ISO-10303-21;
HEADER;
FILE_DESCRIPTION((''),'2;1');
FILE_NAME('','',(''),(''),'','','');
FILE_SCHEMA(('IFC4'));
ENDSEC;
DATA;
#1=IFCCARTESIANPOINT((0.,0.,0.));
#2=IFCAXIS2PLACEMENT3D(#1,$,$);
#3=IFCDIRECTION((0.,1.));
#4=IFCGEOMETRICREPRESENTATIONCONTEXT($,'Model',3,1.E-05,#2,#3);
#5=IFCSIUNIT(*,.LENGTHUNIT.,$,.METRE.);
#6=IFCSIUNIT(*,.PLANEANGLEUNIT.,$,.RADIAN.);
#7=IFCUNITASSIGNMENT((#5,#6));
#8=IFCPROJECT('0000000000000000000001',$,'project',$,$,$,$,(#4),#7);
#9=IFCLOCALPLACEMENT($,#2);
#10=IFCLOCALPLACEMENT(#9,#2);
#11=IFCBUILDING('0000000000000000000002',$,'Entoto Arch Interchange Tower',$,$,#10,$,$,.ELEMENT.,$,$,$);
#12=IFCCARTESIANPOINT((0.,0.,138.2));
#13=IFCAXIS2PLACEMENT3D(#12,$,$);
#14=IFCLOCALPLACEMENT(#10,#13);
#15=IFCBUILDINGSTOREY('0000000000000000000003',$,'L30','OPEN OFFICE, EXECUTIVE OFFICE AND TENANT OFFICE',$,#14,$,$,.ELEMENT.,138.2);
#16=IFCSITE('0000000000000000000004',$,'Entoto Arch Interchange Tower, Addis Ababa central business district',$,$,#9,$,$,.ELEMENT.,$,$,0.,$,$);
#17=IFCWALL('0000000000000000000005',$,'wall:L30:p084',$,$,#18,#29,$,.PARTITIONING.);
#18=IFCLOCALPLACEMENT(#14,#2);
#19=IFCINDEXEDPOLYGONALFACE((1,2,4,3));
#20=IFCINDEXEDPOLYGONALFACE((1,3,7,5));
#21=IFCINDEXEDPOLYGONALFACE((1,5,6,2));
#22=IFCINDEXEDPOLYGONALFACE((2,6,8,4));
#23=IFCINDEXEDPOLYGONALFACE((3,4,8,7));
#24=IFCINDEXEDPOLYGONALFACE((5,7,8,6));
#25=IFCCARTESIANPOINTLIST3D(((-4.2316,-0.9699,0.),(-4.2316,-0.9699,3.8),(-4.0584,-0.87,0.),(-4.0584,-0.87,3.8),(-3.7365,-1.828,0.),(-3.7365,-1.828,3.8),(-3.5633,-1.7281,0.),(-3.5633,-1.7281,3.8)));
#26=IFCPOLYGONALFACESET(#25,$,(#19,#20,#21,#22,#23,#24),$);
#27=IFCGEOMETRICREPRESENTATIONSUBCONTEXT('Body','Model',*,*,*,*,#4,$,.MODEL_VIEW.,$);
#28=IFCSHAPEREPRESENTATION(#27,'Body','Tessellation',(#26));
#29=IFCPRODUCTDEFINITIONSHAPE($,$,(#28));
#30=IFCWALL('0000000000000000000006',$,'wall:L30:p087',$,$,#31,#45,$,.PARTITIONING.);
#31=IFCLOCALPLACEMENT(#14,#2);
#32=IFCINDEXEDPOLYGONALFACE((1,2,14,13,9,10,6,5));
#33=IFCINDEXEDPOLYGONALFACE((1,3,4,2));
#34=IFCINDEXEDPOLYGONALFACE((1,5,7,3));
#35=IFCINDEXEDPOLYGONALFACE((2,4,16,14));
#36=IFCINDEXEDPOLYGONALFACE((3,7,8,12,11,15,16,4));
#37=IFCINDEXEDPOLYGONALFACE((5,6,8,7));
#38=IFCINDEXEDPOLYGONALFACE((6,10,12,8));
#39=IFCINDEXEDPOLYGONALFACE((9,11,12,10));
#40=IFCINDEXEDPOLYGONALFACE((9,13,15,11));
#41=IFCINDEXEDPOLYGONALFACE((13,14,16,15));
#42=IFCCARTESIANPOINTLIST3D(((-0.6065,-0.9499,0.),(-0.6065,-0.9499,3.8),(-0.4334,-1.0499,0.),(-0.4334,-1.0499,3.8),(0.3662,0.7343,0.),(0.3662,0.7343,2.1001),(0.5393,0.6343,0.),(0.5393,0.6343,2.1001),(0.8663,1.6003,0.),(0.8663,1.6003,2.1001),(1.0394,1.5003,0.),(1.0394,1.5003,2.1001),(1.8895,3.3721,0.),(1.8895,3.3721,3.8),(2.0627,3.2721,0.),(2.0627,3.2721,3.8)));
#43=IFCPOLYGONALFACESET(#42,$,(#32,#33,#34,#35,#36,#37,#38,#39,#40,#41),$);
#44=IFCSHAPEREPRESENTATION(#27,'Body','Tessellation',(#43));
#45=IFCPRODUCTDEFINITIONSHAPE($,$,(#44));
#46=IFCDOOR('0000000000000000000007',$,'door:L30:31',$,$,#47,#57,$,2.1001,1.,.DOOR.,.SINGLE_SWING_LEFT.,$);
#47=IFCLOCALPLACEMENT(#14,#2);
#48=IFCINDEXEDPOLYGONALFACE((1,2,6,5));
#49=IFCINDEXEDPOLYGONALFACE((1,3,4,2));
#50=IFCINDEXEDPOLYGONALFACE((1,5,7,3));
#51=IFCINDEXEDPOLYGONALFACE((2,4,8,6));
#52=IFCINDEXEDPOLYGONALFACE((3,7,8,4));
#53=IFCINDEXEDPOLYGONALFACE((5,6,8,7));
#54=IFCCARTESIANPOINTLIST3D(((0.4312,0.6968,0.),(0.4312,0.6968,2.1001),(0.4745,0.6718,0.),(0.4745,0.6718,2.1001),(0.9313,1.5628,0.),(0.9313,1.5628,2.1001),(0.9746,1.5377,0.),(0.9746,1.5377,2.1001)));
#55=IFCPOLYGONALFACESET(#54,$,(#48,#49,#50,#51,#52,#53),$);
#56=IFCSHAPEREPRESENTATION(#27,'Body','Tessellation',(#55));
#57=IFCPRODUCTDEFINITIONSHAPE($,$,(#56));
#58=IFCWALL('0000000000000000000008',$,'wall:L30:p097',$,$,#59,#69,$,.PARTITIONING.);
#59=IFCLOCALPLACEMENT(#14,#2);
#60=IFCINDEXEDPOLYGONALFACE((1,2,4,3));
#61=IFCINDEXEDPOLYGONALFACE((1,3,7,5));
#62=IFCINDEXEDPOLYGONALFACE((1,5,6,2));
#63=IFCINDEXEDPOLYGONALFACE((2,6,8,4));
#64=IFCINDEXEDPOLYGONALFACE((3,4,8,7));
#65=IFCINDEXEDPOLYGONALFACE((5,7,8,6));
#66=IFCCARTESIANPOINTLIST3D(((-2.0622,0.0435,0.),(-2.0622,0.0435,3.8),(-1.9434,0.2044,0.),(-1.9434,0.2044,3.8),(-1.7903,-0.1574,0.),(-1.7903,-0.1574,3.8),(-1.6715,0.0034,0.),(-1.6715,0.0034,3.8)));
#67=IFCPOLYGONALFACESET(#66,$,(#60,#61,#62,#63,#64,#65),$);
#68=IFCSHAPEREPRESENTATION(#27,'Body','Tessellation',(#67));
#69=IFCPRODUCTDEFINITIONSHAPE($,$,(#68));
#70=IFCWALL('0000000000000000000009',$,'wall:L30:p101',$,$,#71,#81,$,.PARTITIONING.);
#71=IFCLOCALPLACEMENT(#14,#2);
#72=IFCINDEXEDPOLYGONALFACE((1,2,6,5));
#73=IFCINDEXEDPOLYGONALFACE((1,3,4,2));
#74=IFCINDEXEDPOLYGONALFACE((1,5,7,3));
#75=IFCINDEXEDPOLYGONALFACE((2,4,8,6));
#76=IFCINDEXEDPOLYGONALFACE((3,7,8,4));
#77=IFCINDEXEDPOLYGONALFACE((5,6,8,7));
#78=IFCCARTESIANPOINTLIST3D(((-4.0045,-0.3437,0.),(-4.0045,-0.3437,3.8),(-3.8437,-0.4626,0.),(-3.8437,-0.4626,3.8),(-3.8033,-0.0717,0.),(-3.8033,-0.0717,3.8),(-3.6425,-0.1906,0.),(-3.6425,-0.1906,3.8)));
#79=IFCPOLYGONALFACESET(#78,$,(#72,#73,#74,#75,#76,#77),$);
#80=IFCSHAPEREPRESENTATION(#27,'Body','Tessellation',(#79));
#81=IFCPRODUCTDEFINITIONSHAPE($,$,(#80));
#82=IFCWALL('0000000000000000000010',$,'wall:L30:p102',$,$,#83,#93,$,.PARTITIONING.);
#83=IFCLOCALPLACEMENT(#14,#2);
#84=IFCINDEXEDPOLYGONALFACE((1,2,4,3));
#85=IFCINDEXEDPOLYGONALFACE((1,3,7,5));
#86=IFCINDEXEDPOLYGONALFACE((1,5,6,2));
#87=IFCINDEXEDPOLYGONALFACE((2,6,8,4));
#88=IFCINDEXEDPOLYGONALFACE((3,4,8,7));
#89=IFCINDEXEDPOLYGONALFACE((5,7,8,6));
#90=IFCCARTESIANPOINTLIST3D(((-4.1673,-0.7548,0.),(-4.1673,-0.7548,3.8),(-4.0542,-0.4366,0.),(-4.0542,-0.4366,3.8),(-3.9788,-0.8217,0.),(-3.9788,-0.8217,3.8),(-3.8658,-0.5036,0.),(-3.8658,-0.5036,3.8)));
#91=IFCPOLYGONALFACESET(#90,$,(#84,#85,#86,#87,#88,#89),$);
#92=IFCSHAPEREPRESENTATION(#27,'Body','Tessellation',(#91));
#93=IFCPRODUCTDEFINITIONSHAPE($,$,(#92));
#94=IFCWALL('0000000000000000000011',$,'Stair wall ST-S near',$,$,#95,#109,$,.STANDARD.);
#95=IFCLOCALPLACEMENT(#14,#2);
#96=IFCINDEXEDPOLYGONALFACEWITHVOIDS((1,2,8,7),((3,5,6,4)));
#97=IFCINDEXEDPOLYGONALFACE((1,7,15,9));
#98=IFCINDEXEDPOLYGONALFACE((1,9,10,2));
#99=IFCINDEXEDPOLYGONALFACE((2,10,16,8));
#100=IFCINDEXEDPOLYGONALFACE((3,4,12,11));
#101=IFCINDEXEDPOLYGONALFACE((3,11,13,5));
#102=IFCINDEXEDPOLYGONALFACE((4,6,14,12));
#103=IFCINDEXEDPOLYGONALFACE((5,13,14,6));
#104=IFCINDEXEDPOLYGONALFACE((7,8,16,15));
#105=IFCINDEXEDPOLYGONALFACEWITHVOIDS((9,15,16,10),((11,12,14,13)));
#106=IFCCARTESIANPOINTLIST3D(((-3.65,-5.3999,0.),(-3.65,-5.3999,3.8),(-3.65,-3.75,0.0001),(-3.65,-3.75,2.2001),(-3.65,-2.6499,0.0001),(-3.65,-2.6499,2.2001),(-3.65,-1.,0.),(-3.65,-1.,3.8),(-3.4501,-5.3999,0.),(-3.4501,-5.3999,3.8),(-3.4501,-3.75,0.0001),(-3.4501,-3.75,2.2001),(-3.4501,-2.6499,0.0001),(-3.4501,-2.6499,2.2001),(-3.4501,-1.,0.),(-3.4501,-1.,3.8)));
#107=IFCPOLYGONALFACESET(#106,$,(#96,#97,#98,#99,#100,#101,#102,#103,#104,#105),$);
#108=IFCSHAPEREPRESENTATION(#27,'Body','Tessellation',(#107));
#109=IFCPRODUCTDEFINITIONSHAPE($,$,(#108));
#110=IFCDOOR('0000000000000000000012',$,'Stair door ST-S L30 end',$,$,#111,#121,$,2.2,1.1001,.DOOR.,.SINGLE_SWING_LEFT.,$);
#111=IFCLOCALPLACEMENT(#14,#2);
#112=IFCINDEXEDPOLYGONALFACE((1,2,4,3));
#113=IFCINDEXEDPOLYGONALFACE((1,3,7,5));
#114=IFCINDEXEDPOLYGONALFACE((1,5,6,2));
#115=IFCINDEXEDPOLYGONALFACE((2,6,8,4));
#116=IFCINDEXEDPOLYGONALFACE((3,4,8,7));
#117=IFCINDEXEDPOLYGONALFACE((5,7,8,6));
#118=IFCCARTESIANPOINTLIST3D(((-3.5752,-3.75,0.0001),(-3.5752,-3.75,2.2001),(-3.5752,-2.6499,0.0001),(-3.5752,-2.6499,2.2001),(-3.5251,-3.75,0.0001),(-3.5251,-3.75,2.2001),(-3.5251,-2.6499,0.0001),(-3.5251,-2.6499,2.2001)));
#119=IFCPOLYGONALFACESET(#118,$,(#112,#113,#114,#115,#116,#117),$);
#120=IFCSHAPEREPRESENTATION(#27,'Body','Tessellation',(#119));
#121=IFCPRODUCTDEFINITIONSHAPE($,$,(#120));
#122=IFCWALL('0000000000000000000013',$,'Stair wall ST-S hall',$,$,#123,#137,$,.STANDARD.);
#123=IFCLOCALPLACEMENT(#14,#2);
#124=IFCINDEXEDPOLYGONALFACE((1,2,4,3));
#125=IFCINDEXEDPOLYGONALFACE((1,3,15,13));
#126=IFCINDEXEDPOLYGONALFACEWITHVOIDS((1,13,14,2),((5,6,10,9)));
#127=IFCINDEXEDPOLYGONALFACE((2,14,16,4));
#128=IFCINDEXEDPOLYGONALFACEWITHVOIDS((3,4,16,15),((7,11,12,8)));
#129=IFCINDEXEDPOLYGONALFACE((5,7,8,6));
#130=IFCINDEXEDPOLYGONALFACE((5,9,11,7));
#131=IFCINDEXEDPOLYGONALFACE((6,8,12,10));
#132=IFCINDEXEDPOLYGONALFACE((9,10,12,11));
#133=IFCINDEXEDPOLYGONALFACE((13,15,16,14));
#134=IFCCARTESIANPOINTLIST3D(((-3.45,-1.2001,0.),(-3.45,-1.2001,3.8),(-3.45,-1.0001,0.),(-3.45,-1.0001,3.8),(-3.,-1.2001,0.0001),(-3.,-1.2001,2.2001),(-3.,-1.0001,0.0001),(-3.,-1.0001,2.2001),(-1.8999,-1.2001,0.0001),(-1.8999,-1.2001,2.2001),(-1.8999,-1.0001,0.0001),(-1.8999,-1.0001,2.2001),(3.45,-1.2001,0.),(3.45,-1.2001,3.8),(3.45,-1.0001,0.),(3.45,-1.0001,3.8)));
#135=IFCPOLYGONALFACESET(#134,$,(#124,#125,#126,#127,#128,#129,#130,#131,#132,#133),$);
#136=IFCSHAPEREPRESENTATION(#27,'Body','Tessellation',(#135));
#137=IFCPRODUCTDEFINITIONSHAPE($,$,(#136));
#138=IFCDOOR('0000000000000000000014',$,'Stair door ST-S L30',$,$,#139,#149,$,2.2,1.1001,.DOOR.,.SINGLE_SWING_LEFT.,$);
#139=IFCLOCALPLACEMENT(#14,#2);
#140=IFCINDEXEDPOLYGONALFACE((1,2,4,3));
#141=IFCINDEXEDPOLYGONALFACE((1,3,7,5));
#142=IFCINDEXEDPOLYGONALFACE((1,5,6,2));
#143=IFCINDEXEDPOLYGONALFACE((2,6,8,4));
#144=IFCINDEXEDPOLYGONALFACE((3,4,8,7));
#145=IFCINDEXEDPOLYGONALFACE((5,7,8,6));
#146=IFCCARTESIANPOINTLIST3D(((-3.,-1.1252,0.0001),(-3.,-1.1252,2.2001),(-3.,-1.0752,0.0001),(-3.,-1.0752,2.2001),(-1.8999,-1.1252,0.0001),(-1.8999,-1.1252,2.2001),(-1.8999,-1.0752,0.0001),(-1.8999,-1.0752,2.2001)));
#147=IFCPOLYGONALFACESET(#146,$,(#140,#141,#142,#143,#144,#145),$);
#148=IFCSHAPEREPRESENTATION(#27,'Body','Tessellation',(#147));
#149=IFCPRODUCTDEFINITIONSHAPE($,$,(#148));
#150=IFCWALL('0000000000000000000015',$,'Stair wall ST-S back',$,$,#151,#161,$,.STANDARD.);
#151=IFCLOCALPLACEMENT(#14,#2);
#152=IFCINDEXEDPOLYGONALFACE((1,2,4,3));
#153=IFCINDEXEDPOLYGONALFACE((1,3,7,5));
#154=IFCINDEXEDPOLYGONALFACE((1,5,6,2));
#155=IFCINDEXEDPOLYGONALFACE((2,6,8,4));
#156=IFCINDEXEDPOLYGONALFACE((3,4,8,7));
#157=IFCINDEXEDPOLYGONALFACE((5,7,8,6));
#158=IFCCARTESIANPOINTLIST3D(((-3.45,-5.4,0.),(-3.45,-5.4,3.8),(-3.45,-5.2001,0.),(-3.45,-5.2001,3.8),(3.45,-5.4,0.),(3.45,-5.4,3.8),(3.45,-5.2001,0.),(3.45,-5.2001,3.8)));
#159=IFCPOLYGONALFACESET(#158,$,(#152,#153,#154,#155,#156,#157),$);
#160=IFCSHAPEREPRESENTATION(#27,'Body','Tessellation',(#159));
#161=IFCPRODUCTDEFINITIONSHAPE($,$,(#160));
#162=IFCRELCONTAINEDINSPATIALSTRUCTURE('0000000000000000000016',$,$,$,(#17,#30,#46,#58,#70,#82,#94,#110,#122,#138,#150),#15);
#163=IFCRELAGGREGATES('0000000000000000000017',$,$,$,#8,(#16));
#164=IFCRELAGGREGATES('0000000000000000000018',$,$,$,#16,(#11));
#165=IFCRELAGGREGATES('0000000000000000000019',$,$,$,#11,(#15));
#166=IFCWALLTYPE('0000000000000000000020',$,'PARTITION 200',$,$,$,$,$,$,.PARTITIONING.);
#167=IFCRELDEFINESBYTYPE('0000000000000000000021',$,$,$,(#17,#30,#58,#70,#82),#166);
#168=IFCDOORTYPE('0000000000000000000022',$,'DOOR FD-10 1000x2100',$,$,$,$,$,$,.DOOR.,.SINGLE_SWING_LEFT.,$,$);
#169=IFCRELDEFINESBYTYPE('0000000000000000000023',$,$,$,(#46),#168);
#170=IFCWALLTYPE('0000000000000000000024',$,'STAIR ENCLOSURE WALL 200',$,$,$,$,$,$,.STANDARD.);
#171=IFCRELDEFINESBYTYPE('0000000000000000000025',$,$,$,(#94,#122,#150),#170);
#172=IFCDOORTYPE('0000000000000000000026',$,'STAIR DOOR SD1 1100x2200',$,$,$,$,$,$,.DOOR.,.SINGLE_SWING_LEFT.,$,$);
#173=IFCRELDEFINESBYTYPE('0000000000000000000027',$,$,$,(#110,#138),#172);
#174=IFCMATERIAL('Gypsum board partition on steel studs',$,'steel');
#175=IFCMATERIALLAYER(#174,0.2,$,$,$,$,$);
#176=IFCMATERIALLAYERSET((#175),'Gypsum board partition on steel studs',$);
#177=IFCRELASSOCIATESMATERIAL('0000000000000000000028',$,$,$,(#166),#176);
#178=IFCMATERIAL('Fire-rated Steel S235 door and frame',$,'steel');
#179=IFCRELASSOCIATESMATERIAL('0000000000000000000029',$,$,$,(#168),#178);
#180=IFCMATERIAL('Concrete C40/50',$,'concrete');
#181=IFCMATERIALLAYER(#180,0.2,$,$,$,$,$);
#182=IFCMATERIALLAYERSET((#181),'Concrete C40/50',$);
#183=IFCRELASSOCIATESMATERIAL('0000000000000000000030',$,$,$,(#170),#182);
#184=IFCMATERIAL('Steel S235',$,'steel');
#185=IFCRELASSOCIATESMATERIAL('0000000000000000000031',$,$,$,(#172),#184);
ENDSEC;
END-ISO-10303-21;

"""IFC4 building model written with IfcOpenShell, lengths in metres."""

from ifc_helpers import new_model, si_unit, direction, frame, frame_2d, origin, place, context, subcontext, project, spatial, rectangle, extrude, material, layer, layer_set, type_object, element, fill, save


model = new_model("IFC4")

# Units and contexts
model_context = context("Model", 3, precision=1e-05, world=origin(), true_north=direction((0.0, 1.0)))
body_context = subcontext(model_context, "Body", "Model", "MODEL_VIEW")
ifc_project = project(units=[si_unit("LENGTHUNIT", "METRE"), si_unit("PLANEANGLEUNIT", "RADIAN")], contexts=[model_context])

# Site, building, storey
site_placement = place(None, origin())
site = spatial("IfcSite", under=ifc_project, at=site_placement, Name="Entoto Arch Interchange Tower, Addis Ababa central business district", CompositionType="ELEMENT", RefElevation=0.0)
building_placement = place(site_placement, origin())
building = spatial("IfcBuilding", under=site, at=building_placement, Name="Entoto Arch Interchange Tower", CompositionType="ELEMENT")
storey_placement = place(building_placement, frame((0.0, 0.0, 138.2)))
storey = spatial("IfcBuildingStorey", under=building, at=storey_placement, Name="L30", Description="OPEN OFFICE, EXECUTIVE OFFICE AND TENANT OFFICE", CompositionType="ELEMENT", Elevation=138.2)

# Shared definitions
ifc_material_1 = material(Name="Concrete C40/50", Category="concrete")
ifc_material_2 = material(Name="Gypsum board partition on steel studs", Category="steel")
ifc_layer_1 = layer(ifc_material_2, 0.2)
ifc_layer_set_1 = layer_set([ifc_layer_1], Name="Gypsum board partition on steel studs")
wall_type_1 = type_object("IfcWallType", Name="PARTITION 200", PredefinedType="PARTITIONING", material=ifc_layer_set_1)

# Wall
wall_1_placement = place(storey_placement, frame((-4.145, -0.9199, 0.0), z_axis=(0.0, 0.0, 1.0), x_axis=(0.499744, -0.866173, 0.0)))
element("IfcWall", 1, at=wall_1_placement, inside=storey, type_object=wall_type_1, Name="wall:L30:p084", PredefinedType="PARTITIONING", context=body_context, shape_type="SweptSolid", body=[
    extrude(rectangle(XDim=0.9907, YDim=0.2, at=frame_2d((0.4954, 0.0))), origin(), (0.0, 0.0, 1.0), 3.8),
])

# Wall, opening, door
wall_2_placement = place(storey_placement, frame((-0.52, -1.0, 0.0), z_axis=(0.0, 0.0, 1.0), x_axis=(0.500116, 0.865958, 0.0)))
wall_2 = element("IfcWall", 2, at=wall_2_placement, inside=storey, type_object=wall_type_1, Name="wall:L30:p087", PredefinedType="PARTITIONING", context=body_context, shape_type="SweptSolid", body=[
    extrude(rectangle(XDim=4.991, YDim=0.2, at=frame_2d((2.4956, 0.0))), origin(), (0.0, 0.0, 1.0), 3.8),
])
opening_1_placement = place(wall_2_placement, frame((1.9451, 0.0, 0.0)))
opening_1 = element("IfcOpeningElement", 3, at=opening_1_placement, cuts=wall_2, PredefinedType="OPENING", context=body_context, shape_type="SweptSolid", body=[
    extrude(rectangle(XDim=1.0, YDim=2.1001, at=frame_2d((0.5, 1.05))), frame((0.0, 0.1099, 0.0), z_axis=(0.0, -1.0, 0.0), x_axis=(1.0, 0.0, 0.0)), (0.0, 0.0, 1.0), 0.22),
])
ifc_material_3 = material(Name="Fire-rated Steel S235 door and frame", Category="steel")
door_type_1 = type_object("IfcDoorType", Name="DOOR FD-10 1000x2100", OperationType="SINGLE_SWING_LEFT", PredefinedType="DOOR", material=ifc_material_3)
door_1_placement = place(opening_1_placement, origin())
door_1 = element("IfcDoor", 4, at=door_1_placement, inside=storey, type_object=door_type_1, Name="door:L30:31", OperationType="SINGLE_SWING_LEFT", OverallHeight=2.1001, OverallWidth=1.0, PredefinedType="DOOR", context=body_context, shape_type="SweptSolid", body=[
    extrude(rectangle(XDim=1.0, YDim=2.1001, at=frame_2d((0.5, 1.05))), frame((0.0, 0.0249, 0.0), z_axis=(0.0, -1.0, 0.0), x_axis=(1.0, 0.0, 0.0)), (0.0, 0.0, 1.0), 0.05),
])
fill(opening_1, door_1)

# Walls
wall_3_placement = place(storey_placement, frame((-1.731, -0.0769, 0.0), z_axis=(0.0, 0.0, 1.0), x_axis=(-0.804311, 0.594208, 0.0)))
element("IfcWall", 5, at=wall_3_placement, inside=storey, type_object=wall_type_1, Name="wall:L30:p097", PredefinedType="PARTITIONING", context=body_context, shape_type="SweptSolid", body=[
    extrude(rectangle(XDim=0.3381, YDim=0.2, at=frame_2d((0.1689, 0.0))), origin(), (0.0, 0.0, 1.0), 3.8),
])
wall_4_placement = place(storey_placement, frame((-3.7229, -0.1311, 0.0), z_axis=(0.0, 0.0, 1.0), x_axis=(-0.594675, -0.803966, 0.0)))
element("IfcWall", 6, at=wall_4_placement, inside=storey, type_object=wall_type_1, Name="wall:L30:p101", PredefinedType="PARTITIONING", context=body_context, shape_type="SweptSolid", body=[
    extrude(rectangle(XDim=0.3384, YDim=0.2, at=frame_2d((0.1692, 0.0))), origin(), (0.0, 0.0, 1.0), 3.8),
])
wall_5_placement = place(storey_placement, frame((-3.96, -0.47, 0.0), z_axis=(0.0, 0.0, 1.0), x_axis=(-0.334824, -0.942281, 0.0)))
element("IfcWall", 7, at=wall_5_placement, inside=storey, type_object=wall_type_1, Name="wall:L30:p102", PredefinedType="PARTITIONING", context=body_context, shape_type="SweptSolid", body=[
    extrude(rectangle(XDim=0.3376, YDim=0.2, at=frame_2d((0.1689, 0.0))), origin(), (0.0, 0.0, 1.0), 3.8),
])

# Walls, openings, doors
ifc_layer_2 = layer(ifc_material_1, 0.2)
ifc_layer_set_2 = layer_set([ifc_layer_2], Name="Concrete C40/50")
wall_type_2 = type_object("IfcWallType", Name="STAIR ENCLOSURE WALL 200", PredefinedType="STANDARD", material=ifc_layer_set_2)
wall_6_placement = place(storey_placement, frame((-3.55, -1.0, 0.0), z_axis=(0.0, 0.0, 1.0), x_axis=(0.0, -1.0, 0.0)))
wall_6 = element("IfcWall", 8, at=wall_6_placement, inside=storey, type_object=wall_type_2, Name="Stair wall ST-S near", PredefinedType="STANDARD", context=body_context, shape_type="SweptSolid", body=[
    extrude(rectangle(XDim=4.3999, YDim=0.2, at=frame_2d((2.2, 0.0))), origin(), (0.0, 0.0, 1.0), 3.8),
])
opening_2_placement = place(wall_6_placement, frame((1.6499, 0.0, 0.0)))
opening_2 = element("IfcOpeningElement", 9, at=opening_2_placement, cuts=wall_6, PredefinedType="OPENING", context=body_context, shape_type="SweptSolid", body=[
    extrude(rectangle(XDim=1.1001, YDim=2.2, at=frame_2d((0.55, 1.1001))), frame((0.0, 0.1099, 0.0), z_axis=(0.0, -1.0, 0.0), x_axis=(1.0, 0.0, 0.0)), (0.0, 0.0, 1.0), 0.22),
])
ifc_material_4 = material(Name="Steel S235", Category="steel")
door_type_2 = type_object("IfcDoorType", Name="STAIR DOOR SD1 1100x2200", OperationType="SINGLE_SWING_LEFT", PredefinedType="DOOR", material=ifc_material_4)
door_2_placement = place(opening_2_placement, origin())
door_2 = element("IfcDoor", 10, at=door_2_placement, inside=storey, type_object=door_type_2, Name="Stair door ST-S L30 end", OperationType="SINGLE_SWING_LEFT", OverallHeight=2.2, OverallWidth=1.1001, PredefinedType="DOOR", context=body_context, shape_type="SweptSolid", body=[
    extrude(rectangle(XDim=1.1001, YDim=2.2, at=frame_2d((0.55, 1.1001))), frame((0.0, 0.0249, 0.0), z_axis=(0.0, -1.0, 0.0), x_axis=(1.0, 0.0, 0.0)), (0.0, 0.0, 1.0), 0.05),
])
fill(opening_2, door_2)
wall_7_placement = place(storey_placement, frame((-3.45, -1.1001, 0.0), z_axis=(0.0, 0.0, 1.0), x_axis=(1.0, 0.0, 0.0)))
wall_7 = element("IfcWall", 11, at=wall_7_placement, inside=storey, type_object=wall_type_2, Name="Stair wall ST-S hall", PredefinedType="STANDARD", context=body_context, shape_type="SweptSolid", body=[
    extrude(rectangle(XDim=6.8999, YDim=0.2, at=frame_2d((3.45, 0.0))), origin(), (0.0, 0.0, 1.0), 3.8),
])
opening_3_placement = place(wall_7_placement, frame((0.45, 0.0, 0.0)))
opening_3 = element("IfcOpeningElement", 12, at=opening_3_placement, cuts=wall_7, PredefinedType="OPENING", context=body_context, shape_type="SweptSolid", body=[
    extrude(rectangle(XDim=1.1001, YDim=2.2, at=frame_2d((0.55, 1.1001))), frame((0.0, 0.1099, 0.0), z_axis=(0.0, -1.0, 0.0), x_axis=(1.0, 0.0, 0.0)), (0.0, 0.0, 1.0), 0.22),
])
door_3_placement = place(opening_3_placement, origin())
door_3 = element("IfcDoor", 13, at=door_3_placement, inside=storey, type_object=door_type_2, Name="Stair door ST-S L30", OperationType="SINGLE_SWING_LEFT", OverallHeight=2.2, OverallWidth=1.1001, PredefinedType="DOOR", context=body_context, shape_type="SweptSolid", body=[
    extrude(rectangle(XDim=1.1001, YDim=2.2, at=frame_2d((0.55, 1.1001))), frame((0.0, 0.0249, 0.0), z_axis=(0.0, -1.0, 0.0), x_axis=(1.0, 0.0, 0.0)), (0.0, 0.0, 1.0), 0.05),
])
fill(opening_3, door_3)

# Wall
wall_8_placement = place(storey_placement, frame((-3.45, -5.3, 0.0), z_axis=(0.0, 0.0, 1.0), x_axis=(1.0, 0.0, 0.0)))
element("IfcWall", 14, at=wall_8_placement, inside=storey, type_object=wall_type_2, Name="Stair wall ST-S back", PredefinedType="STANDARD", context=body_context, shape_type="SweptSolid", body=[
    extrude(rectangle(XDim=6.8999, YDim=0.2, at=frame_2d((3.45, 0.0))), origin(), (0.0, 0.0, 1.0), 3.8),
])

save(model, "model.ifc")
